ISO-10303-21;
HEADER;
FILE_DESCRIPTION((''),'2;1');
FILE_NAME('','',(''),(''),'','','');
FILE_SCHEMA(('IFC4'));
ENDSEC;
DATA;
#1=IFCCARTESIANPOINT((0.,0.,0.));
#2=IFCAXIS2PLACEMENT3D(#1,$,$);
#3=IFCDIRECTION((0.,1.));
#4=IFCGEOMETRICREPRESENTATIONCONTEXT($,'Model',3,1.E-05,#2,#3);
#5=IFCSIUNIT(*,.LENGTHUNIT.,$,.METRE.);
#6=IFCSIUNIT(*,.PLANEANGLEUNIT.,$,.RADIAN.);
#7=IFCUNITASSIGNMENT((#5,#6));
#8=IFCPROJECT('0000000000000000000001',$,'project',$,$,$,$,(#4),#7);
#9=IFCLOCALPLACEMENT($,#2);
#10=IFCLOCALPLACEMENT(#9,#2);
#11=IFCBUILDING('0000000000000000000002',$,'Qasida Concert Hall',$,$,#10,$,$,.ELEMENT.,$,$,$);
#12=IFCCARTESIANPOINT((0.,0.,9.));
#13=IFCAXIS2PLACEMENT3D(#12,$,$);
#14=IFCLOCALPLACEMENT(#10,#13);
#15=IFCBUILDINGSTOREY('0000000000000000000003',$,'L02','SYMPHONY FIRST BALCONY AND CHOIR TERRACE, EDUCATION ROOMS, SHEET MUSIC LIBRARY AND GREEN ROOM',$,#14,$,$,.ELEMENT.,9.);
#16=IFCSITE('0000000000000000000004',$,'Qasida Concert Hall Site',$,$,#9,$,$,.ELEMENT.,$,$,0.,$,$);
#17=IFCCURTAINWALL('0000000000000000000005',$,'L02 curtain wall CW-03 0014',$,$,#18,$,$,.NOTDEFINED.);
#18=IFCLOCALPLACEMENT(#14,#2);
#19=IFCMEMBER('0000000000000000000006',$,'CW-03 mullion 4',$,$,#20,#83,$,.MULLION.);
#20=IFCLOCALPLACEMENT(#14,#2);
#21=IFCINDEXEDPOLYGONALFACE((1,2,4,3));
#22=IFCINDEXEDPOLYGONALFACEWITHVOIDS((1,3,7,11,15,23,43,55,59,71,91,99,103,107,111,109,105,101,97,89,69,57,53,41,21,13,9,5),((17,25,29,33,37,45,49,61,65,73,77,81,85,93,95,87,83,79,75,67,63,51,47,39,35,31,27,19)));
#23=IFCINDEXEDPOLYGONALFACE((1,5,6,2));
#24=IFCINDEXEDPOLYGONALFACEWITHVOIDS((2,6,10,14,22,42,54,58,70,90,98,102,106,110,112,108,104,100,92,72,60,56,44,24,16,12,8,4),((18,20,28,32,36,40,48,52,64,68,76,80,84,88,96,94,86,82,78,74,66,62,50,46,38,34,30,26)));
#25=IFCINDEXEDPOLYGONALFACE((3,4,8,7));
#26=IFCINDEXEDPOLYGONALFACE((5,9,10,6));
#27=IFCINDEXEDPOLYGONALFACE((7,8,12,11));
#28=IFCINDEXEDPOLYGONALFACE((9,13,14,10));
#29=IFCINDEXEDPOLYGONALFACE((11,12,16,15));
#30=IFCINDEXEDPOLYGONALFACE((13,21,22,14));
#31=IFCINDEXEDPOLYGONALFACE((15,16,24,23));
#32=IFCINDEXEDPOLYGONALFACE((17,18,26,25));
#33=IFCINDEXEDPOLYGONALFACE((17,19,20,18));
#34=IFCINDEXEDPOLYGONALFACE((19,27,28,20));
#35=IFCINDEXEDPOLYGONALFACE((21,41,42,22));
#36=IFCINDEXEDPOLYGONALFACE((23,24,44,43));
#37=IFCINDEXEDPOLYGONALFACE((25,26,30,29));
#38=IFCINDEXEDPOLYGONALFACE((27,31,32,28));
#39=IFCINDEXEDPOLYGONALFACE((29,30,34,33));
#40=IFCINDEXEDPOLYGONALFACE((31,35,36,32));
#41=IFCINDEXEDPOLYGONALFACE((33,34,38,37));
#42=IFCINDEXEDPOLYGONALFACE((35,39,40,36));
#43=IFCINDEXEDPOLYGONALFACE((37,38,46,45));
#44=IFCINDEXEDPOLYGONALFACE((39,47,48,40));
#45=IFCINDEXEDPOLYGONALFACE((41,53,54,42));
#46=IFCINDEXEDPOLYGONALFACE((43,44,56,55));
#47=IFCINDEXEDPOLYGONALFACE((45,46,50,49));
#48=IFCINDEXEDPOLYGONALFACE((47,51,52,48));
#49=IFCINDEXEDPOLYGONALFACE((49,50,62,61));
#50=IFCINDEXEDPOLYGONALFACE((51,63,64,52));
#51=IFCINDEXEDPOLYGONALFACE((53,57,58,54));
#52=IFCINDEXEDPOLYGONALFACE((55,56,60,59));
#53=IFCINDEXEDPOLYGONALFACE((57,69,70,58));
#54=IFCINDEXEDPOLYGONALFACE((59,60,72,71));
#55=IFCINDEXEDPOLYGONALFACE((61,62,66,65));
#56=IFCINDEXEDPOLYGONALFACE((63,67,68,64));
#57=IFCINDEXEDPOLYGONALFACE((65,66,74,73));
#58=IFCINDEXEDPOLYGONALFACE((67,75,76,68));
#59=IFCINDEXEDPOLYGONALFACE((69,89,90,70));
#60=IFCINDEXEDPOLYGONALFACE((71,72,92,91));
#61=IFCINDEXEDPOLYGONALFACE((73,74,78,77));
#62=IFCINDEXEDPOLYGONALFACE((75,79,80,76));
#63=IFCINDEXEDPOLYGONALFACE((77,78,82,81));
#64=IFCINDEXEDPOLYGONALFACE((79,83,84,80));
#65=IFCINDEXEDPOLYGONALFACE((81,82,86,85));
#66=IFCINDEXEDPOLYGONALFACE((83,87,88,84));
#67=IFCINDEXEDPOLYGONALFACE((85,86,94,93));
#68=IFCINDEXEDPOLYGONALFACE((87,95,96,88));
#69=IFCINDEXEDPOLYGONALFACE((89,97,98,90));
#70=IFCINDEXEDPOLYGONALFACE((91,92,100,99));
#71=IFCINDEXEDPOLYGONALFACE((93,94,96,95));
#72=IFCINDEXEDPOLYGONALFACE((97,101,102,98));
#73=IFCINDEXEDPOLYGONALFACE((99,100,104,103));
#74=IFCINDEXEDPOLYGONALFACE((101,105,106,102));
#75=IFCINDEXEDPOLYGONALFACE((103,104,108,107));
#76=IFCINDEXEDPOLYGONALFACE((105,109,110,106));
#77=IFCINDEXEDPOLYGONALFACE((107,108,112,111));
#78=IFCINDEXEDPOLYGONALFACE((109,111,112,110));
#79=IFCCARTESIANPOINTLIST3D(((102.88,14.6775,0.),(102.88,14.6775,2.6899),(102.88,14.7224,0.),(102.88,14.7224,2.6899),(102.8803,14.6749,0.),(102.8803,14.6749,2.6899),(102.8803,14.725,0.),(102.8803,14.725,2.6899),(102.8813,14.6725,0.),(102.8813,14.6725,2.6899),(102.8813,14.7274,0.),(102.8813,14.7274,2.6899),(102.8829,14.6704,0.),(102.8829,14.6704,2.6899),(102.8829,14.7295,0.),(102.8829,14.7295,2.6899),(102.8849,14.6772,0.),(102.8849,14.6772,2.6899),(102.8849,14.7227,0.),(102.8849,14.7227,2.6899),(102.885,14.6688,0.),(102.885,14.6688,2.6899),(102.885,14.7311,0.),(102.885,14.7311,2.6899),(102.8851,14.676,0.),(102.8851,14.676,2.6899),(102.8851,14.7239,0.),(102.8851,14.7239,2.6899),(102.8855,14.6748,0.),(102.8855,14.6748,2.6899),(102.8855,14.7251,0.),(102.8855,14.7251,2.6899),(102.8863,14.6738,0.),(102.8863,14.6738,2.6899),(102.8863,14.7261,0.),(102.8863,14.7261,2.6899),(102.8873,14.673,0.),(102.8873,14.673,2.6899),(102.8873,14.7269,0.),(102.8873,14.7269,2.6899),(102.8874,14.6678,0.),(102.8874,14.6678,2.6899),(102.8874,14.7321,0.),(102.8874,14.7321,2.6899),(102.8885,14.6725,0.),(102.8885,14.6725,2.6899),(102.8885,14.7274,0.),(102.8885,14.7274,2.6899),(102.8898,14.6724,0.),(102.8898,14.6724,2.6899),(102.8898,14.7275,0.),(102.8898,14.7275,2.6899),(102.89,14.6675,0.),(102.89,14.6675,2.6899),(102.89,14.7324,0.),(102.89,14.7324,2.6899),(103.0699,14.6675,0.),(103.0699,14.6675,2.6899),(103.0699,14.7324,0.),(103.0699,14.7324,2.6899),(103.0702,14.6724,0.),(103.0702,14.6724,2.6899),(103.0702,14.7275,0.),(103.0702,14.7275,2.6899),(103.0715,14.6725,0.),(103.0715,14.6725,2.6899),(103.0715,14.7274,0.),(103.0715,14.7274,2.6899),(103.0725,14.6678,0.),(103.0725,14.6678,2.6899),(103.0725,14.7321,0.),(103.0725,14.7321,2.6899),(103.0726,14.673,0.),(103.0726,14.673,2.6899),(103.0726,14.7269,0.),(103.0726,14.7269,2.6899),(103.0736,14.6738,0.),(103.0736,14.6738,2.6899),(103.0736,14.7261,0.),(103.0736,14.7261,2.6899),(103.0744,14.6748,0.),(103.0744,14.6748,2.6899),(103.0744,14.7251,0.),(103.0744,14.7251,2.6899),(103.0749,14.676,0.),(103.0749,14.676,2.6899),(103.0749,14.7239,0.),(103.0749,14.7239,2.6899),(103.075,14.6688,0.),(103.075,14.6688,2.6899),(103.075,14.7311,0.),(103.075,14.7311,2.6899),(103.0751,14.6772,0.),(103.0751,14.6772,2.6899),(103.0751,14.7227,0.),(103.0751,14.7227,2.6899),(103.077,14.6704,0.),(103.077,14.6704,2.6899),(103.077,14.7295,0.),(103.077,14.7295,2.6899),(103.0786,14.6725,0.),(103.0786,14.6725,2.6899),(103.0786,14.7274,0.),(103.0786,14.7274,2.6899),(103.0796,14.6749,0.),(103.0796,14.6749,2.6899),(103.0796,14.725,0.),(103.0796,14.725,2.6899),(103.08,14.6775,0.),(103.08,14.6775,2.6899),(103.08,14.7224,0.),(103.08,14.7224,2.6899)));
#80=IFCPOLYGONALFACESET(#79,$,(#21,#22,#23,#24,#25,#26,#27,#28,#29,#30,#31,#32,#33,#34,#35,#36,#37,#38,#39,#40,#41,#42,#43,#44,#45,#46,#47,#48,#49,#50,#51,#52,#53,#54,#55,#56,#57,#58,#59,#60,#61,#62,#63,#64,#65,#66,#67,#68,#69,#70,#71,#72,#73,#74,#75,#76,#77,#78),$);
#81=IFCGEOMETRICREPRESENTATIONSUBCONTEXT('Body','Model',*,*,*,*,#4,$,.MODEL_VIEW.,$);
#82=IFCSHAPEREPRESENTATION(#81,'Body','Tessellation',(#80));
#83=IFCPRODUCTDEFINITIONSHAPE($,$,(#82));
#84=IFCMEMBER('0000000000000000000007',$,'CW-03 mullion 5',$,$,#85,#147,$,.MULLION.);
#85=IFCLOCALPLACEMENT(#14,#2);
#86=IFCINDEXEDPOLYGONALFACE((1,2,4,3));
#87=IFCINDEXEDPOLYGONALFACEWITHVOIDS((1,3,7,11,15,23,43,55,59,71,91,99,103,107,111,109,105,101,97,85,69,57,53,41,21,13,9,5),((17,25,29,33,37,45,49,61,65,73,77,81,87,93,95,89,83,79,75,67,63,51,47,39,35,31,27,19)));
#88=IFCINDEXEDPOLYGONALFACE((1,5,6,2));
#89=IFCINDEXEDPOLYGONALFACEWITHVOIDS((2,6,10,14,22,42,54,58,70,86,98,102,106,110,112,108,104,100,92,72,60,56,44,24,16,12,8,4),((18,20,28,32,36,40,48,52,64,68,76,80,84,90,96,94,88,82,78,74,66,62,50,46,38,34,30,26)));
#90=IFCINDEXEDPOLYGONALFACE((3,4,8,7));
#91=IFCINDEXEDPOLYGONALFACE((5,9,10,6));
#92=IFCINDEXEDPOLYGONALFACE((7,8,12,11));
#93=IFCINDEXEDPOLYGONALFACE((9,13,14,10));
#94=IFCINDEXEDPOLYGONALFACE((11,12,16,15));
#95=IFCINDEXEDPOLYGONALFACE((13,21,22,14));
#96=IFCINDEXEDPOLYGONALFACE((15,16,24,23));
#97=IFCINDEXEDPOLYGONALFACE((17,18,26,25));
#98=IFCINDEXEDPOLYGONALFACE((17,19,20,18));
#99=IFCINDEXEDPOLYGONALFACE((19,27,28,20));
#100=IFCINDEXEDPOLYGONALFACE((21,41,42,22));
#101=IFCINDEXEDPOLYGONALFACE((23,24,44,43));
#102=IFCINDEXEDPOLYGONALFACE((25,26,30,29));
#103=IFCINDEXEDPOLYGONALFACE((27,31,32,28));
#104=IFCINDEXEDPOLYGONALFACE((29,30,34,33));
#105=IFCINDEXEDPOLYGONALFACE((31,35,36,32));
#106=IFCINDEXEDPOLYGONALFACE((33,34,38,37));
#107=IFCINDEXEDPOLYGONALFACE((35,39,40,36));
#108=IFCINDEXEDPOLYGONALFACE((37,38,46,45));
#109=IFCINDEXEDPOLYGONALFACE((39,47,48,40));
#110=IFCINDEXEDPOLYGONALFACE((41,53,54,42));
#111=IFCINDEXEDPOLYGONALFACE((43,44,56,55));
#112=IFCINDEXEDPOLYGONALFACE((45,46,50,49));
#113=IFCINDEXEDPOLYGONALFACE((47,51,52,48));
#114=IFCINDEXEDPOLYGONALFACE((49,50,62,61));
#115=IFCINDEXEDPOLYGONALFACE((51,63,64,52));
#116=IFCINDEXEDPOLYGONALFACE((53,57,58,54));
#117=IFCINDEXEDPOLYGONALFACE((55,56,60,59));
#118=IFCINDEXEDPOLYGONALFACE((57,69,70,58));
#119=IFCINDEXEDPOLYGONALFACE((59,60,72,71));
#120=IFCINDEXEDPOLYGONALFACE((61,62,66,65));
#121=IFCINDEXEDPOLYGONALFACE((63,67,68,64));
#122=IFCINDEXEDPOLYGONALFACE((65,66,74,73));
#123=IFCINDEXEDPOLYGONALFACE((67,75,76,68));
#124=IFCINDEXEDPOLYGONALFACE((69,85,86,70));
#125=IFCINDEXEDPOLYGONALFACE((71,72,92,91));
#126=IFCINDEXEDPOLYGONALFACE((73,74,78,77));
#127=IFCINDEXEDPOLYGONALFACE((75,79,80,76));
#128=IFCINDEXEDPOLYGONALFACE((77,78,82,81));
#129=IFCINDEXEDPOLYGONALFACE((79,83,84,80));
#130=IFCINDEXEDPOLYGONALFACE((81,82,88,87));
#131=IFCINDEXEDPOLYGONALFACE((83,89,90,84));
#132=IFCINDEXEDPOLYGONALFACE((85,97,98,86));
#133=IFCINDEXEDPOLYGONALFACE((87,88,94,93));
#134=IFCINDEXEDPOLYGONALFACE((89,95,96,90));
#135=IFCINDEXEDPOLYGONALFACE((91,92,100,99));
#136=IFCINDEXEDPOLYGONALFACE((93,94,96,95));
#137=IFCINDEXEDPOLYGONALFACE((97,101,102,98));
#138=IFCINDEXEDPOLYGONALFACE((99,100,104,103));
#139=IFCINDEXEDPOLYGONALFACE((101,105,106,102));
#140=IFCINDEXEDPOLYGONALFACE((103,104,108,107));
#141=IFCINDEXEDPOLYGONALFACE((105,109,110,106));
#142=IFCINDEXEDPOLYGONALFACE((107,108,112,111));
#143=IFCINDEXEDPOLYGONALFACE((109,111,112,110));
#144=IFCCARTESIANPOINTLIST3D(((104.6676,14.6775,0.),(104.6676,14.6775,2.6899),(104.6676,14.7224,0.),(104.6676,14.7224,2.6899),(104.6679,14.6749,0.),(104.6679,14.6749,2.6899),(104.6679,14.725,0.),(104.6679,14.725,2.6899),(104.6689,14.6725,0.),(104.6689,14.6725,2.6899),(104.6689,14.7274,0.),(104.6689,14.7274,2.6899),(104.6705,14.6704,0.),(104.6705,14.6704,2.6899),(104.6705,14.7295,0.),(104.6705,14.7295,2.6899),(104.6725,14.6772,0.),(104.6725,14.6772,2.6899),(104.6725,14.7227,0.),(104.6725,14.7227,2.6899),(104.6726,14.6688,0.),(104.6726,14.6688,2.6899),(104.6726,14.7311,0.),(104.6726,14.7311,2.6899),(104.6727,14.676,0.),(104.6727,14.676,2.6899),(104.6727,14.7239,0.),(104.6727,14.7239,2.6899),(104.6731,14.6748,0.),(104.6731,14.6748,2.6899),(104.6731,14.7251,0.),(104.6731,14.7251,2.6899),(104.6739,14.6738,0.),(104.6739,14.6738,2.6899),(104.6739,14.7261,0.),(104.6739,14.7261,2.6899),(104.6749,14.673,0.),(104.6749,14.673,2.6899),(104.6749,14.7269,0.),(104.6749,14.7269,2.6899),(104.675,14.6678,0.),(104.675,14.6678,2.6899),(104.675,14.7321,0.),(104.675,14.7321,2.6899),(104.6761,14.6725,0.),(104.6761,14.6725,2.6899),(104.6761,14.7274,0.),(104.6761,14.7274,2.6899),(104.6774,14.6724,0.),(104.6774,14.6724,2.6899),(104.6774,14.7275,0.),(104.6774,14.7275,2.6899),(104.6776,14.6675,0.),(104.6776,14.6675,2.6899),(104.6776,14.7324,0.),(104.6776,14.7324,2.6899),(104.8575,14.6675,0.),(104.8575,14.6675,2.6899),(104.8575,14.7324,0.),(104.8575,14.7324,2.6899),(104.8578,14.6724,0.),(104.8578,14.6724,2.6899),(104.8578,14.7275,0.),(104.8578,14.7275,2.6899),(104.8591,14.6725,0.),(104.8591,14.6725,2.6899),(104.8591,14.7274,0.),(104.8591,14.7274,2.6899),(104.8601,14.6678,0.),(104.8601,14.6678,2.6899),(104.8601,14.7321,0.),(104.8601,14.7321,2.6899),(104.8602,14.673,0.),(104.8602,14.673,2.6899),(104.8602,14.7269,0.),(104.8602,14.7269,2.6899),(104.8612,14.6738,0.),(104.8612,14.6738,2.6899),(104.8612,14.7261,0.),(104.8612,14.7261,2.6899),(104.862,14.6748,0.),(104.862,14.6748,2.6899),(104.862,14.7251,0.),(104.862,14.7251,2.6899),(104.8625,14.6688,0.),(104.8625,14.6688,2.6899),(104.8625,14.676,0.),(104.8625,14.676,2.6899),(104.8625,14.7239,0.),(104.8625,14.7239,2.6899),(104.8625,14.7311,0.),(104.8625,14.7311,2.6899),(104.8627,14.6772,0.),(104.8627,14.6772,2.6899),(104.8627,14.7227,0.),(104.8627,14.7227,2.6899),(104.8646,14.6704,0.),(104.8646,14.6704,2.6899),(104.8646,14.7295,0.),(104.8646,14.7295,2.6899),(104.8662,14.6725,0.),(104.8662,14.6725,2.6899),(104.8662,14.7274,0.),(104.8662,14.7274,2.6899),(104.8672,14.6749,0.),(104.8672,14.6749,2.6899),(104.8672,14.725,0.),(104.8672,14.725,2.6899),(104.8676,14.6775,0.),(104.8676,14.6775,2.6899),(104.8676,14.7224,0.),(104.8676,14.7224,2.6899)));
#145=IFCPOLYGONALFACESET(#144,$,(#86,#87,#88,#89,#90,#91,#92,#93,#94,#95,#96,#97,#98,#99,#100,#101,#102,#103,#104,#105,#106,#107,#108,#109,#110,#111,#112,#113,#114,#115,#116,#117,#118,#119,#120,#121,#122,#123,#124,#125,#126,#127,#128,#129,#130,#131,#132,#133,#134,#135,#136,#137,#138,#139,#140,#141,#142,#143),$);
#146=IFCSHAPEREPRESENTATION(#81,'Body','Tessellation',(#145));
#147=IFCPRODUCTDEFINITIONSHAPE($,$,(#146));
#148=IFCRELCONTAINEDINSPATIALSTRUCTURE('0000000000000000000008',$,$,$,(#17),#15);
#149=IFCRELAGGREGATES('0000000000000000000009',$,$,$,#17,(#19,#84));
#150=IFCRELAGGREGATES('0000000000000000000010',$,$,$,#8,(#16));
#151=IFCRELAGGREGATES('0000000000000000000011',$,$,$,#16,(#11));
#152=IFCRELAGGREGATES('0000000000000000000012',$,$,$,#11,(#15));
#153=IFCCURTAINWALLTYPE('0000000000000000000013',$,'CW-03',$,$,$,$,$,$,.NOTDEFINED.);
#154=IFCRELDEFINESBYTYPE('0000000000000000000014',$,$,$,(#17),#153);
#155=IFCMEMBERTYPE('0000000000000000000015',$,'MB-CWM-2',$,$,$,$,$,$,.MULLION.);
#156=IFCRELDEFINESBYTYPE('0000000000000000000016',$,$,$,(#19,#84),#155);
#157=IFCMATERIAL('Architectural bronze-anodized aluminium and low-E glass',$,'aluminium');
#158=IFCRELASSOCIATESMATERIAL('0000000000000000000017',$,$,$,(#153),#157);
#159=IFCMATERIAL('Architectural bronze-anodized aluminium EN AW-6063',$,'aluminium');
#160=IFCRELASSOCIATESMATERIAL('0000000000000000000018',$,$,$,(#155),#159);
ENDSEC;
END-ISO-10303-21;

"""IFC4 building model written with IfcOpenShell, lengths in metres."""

from ifc_helpers import new_model, si_unit, direction, frame, origin, origin_2d, place, context, subcontext, project, spatial, hollow_rectangle, extrude, material, material_profile, profile_set, type_object, element, aggregate, save


model = new_model("IFC4")

# Units and contexts
model_context = context("Model", 3, precision=1e-05, world=origin(), true_north=direction((0.0, 1.0)))
body_context = subcontext(model_context, "Body", "Model", "MODEL_VIEW")
ifc_project = project(units=[si_unit("LENGTHUNIT", "METRE"), si_unit("PLANEANGLEUNIT", "RADIAN")], contexts=[model_context])

# Site, building, storey
site_placement = place(None, origin())
site = spatial("IfcSite", under=ifc_project, at=site_placement, Name="Qasida Concert Hall Site", CompositionType="ELEMENT", RefElevation=0.0)
building_placement = place(site_placement, origin())
building = spatial("IfcBuilding", under=site, at=building_placement, Name="Qasida Concert Hall", CompositionType="ELEMENT")
storey_placement = place(building_placement, frame((0.0, 0.0, 9.0)))
storey = spatial("IfcBuildingStorey", under=building, at=storey_placement, Name="L02", Description="SYMPHONY FIRST BALCONY AND CHOIR TERRACE, EDUCATION ROOMS, SHEET MUSIC LIBRARY AND GREEN ROOM", CompositionType="ELEMENT", Elevation=9.0)

# Curtain wall, members
ifc_material_1 = material(Name="Architectural bronze-anodized aluminium and low-E glass", Category="aluminium")
curtain_wall_type = type_object("IfcCurtainWallType", Name="CW-03", PredefinedType="NOTDEFINED", material=ifc_material_1)
curtain_wall_placement = place(storey_placement, origin())
curtain_wall = element("IfcCurtainWall", 1, at=curtain_wall_placement, inside=storey, type_object=curtain_wall_type, Name="L02 curtain wall CW-03 0014", PredefinedType="NOTDEFINED")
ifc_material_2 = material(Name="Architectural bronze-anodized aluminium EN AW-6063", Category="aluminium")
ifc_material_profile_1 = material_profile(ifc_material_2, hollow_rectangle(XDim=0.0649, YDim=0.2, WallThickness=0.0049, InnerFilletRadius=0.0049, OuterFilletRadius=0.01, at=origin_2d()), Name="CWM 200x65x5")
ifc_profile_set_1 = profile_set([ifc_material_profile_1], Name="Architectural bronze-anodized aluminium EN AW-6063")
member_type_1 = type_object("IfcMemberType", Name="MB-CWM-2", PredefinedType="MULLION", material=ifc_profile_set_1)
member_1_placement = place(storey_placement, frame((102.98, 14.7, 0.0), z_axis=(0.0, 0.0, 1.0), x_axis=(0.0, 1.0, 0.0)))
member_1 = element("IfcMember", 2, at=member_1_placement, type_object=member_type_1, Name="CW-03 mullion 4", PredefinedType="MULLION", context=body_context, shape_type="SweptSolid", body=[
    extrude(hollow_rectangle(XDim=0.0649, YDim=0.2, WallThickness=0.0049, InnerFilletRadius=0.0049, OuterFilletRadius=0.01, at=origin_2d()), origin(), (0.0, 0.0, 1.0), 2.6899),
])
member_2_placement = place(storey_placement, frame((104.7676, 14.7, 0.0), z_axis=(0.0, 0.0, 1.0), x_axis=(0.0, 1.0, 0.0)))
member_2 = element("IfcMember", 3, at=member_2_placement, type_object=member_type_1, Name="CW-03 mullion 5", PredefinedType="MULLION", context=body_context, shape_type="SweptSolid", body=[
    extrude(hollow_rectangle(XDim=0.0649, YDim=0.2, WallThickness=0.0049, InnerFilletRadius=0.0049, OuterFilletRadius=0.01, at=origin_2d()), origin(), (0.0, 0.0, 1.0), 2.6899),
])

aggregate(curtain_wall, [member_1, member_2])

save(model, "model.ifc")
